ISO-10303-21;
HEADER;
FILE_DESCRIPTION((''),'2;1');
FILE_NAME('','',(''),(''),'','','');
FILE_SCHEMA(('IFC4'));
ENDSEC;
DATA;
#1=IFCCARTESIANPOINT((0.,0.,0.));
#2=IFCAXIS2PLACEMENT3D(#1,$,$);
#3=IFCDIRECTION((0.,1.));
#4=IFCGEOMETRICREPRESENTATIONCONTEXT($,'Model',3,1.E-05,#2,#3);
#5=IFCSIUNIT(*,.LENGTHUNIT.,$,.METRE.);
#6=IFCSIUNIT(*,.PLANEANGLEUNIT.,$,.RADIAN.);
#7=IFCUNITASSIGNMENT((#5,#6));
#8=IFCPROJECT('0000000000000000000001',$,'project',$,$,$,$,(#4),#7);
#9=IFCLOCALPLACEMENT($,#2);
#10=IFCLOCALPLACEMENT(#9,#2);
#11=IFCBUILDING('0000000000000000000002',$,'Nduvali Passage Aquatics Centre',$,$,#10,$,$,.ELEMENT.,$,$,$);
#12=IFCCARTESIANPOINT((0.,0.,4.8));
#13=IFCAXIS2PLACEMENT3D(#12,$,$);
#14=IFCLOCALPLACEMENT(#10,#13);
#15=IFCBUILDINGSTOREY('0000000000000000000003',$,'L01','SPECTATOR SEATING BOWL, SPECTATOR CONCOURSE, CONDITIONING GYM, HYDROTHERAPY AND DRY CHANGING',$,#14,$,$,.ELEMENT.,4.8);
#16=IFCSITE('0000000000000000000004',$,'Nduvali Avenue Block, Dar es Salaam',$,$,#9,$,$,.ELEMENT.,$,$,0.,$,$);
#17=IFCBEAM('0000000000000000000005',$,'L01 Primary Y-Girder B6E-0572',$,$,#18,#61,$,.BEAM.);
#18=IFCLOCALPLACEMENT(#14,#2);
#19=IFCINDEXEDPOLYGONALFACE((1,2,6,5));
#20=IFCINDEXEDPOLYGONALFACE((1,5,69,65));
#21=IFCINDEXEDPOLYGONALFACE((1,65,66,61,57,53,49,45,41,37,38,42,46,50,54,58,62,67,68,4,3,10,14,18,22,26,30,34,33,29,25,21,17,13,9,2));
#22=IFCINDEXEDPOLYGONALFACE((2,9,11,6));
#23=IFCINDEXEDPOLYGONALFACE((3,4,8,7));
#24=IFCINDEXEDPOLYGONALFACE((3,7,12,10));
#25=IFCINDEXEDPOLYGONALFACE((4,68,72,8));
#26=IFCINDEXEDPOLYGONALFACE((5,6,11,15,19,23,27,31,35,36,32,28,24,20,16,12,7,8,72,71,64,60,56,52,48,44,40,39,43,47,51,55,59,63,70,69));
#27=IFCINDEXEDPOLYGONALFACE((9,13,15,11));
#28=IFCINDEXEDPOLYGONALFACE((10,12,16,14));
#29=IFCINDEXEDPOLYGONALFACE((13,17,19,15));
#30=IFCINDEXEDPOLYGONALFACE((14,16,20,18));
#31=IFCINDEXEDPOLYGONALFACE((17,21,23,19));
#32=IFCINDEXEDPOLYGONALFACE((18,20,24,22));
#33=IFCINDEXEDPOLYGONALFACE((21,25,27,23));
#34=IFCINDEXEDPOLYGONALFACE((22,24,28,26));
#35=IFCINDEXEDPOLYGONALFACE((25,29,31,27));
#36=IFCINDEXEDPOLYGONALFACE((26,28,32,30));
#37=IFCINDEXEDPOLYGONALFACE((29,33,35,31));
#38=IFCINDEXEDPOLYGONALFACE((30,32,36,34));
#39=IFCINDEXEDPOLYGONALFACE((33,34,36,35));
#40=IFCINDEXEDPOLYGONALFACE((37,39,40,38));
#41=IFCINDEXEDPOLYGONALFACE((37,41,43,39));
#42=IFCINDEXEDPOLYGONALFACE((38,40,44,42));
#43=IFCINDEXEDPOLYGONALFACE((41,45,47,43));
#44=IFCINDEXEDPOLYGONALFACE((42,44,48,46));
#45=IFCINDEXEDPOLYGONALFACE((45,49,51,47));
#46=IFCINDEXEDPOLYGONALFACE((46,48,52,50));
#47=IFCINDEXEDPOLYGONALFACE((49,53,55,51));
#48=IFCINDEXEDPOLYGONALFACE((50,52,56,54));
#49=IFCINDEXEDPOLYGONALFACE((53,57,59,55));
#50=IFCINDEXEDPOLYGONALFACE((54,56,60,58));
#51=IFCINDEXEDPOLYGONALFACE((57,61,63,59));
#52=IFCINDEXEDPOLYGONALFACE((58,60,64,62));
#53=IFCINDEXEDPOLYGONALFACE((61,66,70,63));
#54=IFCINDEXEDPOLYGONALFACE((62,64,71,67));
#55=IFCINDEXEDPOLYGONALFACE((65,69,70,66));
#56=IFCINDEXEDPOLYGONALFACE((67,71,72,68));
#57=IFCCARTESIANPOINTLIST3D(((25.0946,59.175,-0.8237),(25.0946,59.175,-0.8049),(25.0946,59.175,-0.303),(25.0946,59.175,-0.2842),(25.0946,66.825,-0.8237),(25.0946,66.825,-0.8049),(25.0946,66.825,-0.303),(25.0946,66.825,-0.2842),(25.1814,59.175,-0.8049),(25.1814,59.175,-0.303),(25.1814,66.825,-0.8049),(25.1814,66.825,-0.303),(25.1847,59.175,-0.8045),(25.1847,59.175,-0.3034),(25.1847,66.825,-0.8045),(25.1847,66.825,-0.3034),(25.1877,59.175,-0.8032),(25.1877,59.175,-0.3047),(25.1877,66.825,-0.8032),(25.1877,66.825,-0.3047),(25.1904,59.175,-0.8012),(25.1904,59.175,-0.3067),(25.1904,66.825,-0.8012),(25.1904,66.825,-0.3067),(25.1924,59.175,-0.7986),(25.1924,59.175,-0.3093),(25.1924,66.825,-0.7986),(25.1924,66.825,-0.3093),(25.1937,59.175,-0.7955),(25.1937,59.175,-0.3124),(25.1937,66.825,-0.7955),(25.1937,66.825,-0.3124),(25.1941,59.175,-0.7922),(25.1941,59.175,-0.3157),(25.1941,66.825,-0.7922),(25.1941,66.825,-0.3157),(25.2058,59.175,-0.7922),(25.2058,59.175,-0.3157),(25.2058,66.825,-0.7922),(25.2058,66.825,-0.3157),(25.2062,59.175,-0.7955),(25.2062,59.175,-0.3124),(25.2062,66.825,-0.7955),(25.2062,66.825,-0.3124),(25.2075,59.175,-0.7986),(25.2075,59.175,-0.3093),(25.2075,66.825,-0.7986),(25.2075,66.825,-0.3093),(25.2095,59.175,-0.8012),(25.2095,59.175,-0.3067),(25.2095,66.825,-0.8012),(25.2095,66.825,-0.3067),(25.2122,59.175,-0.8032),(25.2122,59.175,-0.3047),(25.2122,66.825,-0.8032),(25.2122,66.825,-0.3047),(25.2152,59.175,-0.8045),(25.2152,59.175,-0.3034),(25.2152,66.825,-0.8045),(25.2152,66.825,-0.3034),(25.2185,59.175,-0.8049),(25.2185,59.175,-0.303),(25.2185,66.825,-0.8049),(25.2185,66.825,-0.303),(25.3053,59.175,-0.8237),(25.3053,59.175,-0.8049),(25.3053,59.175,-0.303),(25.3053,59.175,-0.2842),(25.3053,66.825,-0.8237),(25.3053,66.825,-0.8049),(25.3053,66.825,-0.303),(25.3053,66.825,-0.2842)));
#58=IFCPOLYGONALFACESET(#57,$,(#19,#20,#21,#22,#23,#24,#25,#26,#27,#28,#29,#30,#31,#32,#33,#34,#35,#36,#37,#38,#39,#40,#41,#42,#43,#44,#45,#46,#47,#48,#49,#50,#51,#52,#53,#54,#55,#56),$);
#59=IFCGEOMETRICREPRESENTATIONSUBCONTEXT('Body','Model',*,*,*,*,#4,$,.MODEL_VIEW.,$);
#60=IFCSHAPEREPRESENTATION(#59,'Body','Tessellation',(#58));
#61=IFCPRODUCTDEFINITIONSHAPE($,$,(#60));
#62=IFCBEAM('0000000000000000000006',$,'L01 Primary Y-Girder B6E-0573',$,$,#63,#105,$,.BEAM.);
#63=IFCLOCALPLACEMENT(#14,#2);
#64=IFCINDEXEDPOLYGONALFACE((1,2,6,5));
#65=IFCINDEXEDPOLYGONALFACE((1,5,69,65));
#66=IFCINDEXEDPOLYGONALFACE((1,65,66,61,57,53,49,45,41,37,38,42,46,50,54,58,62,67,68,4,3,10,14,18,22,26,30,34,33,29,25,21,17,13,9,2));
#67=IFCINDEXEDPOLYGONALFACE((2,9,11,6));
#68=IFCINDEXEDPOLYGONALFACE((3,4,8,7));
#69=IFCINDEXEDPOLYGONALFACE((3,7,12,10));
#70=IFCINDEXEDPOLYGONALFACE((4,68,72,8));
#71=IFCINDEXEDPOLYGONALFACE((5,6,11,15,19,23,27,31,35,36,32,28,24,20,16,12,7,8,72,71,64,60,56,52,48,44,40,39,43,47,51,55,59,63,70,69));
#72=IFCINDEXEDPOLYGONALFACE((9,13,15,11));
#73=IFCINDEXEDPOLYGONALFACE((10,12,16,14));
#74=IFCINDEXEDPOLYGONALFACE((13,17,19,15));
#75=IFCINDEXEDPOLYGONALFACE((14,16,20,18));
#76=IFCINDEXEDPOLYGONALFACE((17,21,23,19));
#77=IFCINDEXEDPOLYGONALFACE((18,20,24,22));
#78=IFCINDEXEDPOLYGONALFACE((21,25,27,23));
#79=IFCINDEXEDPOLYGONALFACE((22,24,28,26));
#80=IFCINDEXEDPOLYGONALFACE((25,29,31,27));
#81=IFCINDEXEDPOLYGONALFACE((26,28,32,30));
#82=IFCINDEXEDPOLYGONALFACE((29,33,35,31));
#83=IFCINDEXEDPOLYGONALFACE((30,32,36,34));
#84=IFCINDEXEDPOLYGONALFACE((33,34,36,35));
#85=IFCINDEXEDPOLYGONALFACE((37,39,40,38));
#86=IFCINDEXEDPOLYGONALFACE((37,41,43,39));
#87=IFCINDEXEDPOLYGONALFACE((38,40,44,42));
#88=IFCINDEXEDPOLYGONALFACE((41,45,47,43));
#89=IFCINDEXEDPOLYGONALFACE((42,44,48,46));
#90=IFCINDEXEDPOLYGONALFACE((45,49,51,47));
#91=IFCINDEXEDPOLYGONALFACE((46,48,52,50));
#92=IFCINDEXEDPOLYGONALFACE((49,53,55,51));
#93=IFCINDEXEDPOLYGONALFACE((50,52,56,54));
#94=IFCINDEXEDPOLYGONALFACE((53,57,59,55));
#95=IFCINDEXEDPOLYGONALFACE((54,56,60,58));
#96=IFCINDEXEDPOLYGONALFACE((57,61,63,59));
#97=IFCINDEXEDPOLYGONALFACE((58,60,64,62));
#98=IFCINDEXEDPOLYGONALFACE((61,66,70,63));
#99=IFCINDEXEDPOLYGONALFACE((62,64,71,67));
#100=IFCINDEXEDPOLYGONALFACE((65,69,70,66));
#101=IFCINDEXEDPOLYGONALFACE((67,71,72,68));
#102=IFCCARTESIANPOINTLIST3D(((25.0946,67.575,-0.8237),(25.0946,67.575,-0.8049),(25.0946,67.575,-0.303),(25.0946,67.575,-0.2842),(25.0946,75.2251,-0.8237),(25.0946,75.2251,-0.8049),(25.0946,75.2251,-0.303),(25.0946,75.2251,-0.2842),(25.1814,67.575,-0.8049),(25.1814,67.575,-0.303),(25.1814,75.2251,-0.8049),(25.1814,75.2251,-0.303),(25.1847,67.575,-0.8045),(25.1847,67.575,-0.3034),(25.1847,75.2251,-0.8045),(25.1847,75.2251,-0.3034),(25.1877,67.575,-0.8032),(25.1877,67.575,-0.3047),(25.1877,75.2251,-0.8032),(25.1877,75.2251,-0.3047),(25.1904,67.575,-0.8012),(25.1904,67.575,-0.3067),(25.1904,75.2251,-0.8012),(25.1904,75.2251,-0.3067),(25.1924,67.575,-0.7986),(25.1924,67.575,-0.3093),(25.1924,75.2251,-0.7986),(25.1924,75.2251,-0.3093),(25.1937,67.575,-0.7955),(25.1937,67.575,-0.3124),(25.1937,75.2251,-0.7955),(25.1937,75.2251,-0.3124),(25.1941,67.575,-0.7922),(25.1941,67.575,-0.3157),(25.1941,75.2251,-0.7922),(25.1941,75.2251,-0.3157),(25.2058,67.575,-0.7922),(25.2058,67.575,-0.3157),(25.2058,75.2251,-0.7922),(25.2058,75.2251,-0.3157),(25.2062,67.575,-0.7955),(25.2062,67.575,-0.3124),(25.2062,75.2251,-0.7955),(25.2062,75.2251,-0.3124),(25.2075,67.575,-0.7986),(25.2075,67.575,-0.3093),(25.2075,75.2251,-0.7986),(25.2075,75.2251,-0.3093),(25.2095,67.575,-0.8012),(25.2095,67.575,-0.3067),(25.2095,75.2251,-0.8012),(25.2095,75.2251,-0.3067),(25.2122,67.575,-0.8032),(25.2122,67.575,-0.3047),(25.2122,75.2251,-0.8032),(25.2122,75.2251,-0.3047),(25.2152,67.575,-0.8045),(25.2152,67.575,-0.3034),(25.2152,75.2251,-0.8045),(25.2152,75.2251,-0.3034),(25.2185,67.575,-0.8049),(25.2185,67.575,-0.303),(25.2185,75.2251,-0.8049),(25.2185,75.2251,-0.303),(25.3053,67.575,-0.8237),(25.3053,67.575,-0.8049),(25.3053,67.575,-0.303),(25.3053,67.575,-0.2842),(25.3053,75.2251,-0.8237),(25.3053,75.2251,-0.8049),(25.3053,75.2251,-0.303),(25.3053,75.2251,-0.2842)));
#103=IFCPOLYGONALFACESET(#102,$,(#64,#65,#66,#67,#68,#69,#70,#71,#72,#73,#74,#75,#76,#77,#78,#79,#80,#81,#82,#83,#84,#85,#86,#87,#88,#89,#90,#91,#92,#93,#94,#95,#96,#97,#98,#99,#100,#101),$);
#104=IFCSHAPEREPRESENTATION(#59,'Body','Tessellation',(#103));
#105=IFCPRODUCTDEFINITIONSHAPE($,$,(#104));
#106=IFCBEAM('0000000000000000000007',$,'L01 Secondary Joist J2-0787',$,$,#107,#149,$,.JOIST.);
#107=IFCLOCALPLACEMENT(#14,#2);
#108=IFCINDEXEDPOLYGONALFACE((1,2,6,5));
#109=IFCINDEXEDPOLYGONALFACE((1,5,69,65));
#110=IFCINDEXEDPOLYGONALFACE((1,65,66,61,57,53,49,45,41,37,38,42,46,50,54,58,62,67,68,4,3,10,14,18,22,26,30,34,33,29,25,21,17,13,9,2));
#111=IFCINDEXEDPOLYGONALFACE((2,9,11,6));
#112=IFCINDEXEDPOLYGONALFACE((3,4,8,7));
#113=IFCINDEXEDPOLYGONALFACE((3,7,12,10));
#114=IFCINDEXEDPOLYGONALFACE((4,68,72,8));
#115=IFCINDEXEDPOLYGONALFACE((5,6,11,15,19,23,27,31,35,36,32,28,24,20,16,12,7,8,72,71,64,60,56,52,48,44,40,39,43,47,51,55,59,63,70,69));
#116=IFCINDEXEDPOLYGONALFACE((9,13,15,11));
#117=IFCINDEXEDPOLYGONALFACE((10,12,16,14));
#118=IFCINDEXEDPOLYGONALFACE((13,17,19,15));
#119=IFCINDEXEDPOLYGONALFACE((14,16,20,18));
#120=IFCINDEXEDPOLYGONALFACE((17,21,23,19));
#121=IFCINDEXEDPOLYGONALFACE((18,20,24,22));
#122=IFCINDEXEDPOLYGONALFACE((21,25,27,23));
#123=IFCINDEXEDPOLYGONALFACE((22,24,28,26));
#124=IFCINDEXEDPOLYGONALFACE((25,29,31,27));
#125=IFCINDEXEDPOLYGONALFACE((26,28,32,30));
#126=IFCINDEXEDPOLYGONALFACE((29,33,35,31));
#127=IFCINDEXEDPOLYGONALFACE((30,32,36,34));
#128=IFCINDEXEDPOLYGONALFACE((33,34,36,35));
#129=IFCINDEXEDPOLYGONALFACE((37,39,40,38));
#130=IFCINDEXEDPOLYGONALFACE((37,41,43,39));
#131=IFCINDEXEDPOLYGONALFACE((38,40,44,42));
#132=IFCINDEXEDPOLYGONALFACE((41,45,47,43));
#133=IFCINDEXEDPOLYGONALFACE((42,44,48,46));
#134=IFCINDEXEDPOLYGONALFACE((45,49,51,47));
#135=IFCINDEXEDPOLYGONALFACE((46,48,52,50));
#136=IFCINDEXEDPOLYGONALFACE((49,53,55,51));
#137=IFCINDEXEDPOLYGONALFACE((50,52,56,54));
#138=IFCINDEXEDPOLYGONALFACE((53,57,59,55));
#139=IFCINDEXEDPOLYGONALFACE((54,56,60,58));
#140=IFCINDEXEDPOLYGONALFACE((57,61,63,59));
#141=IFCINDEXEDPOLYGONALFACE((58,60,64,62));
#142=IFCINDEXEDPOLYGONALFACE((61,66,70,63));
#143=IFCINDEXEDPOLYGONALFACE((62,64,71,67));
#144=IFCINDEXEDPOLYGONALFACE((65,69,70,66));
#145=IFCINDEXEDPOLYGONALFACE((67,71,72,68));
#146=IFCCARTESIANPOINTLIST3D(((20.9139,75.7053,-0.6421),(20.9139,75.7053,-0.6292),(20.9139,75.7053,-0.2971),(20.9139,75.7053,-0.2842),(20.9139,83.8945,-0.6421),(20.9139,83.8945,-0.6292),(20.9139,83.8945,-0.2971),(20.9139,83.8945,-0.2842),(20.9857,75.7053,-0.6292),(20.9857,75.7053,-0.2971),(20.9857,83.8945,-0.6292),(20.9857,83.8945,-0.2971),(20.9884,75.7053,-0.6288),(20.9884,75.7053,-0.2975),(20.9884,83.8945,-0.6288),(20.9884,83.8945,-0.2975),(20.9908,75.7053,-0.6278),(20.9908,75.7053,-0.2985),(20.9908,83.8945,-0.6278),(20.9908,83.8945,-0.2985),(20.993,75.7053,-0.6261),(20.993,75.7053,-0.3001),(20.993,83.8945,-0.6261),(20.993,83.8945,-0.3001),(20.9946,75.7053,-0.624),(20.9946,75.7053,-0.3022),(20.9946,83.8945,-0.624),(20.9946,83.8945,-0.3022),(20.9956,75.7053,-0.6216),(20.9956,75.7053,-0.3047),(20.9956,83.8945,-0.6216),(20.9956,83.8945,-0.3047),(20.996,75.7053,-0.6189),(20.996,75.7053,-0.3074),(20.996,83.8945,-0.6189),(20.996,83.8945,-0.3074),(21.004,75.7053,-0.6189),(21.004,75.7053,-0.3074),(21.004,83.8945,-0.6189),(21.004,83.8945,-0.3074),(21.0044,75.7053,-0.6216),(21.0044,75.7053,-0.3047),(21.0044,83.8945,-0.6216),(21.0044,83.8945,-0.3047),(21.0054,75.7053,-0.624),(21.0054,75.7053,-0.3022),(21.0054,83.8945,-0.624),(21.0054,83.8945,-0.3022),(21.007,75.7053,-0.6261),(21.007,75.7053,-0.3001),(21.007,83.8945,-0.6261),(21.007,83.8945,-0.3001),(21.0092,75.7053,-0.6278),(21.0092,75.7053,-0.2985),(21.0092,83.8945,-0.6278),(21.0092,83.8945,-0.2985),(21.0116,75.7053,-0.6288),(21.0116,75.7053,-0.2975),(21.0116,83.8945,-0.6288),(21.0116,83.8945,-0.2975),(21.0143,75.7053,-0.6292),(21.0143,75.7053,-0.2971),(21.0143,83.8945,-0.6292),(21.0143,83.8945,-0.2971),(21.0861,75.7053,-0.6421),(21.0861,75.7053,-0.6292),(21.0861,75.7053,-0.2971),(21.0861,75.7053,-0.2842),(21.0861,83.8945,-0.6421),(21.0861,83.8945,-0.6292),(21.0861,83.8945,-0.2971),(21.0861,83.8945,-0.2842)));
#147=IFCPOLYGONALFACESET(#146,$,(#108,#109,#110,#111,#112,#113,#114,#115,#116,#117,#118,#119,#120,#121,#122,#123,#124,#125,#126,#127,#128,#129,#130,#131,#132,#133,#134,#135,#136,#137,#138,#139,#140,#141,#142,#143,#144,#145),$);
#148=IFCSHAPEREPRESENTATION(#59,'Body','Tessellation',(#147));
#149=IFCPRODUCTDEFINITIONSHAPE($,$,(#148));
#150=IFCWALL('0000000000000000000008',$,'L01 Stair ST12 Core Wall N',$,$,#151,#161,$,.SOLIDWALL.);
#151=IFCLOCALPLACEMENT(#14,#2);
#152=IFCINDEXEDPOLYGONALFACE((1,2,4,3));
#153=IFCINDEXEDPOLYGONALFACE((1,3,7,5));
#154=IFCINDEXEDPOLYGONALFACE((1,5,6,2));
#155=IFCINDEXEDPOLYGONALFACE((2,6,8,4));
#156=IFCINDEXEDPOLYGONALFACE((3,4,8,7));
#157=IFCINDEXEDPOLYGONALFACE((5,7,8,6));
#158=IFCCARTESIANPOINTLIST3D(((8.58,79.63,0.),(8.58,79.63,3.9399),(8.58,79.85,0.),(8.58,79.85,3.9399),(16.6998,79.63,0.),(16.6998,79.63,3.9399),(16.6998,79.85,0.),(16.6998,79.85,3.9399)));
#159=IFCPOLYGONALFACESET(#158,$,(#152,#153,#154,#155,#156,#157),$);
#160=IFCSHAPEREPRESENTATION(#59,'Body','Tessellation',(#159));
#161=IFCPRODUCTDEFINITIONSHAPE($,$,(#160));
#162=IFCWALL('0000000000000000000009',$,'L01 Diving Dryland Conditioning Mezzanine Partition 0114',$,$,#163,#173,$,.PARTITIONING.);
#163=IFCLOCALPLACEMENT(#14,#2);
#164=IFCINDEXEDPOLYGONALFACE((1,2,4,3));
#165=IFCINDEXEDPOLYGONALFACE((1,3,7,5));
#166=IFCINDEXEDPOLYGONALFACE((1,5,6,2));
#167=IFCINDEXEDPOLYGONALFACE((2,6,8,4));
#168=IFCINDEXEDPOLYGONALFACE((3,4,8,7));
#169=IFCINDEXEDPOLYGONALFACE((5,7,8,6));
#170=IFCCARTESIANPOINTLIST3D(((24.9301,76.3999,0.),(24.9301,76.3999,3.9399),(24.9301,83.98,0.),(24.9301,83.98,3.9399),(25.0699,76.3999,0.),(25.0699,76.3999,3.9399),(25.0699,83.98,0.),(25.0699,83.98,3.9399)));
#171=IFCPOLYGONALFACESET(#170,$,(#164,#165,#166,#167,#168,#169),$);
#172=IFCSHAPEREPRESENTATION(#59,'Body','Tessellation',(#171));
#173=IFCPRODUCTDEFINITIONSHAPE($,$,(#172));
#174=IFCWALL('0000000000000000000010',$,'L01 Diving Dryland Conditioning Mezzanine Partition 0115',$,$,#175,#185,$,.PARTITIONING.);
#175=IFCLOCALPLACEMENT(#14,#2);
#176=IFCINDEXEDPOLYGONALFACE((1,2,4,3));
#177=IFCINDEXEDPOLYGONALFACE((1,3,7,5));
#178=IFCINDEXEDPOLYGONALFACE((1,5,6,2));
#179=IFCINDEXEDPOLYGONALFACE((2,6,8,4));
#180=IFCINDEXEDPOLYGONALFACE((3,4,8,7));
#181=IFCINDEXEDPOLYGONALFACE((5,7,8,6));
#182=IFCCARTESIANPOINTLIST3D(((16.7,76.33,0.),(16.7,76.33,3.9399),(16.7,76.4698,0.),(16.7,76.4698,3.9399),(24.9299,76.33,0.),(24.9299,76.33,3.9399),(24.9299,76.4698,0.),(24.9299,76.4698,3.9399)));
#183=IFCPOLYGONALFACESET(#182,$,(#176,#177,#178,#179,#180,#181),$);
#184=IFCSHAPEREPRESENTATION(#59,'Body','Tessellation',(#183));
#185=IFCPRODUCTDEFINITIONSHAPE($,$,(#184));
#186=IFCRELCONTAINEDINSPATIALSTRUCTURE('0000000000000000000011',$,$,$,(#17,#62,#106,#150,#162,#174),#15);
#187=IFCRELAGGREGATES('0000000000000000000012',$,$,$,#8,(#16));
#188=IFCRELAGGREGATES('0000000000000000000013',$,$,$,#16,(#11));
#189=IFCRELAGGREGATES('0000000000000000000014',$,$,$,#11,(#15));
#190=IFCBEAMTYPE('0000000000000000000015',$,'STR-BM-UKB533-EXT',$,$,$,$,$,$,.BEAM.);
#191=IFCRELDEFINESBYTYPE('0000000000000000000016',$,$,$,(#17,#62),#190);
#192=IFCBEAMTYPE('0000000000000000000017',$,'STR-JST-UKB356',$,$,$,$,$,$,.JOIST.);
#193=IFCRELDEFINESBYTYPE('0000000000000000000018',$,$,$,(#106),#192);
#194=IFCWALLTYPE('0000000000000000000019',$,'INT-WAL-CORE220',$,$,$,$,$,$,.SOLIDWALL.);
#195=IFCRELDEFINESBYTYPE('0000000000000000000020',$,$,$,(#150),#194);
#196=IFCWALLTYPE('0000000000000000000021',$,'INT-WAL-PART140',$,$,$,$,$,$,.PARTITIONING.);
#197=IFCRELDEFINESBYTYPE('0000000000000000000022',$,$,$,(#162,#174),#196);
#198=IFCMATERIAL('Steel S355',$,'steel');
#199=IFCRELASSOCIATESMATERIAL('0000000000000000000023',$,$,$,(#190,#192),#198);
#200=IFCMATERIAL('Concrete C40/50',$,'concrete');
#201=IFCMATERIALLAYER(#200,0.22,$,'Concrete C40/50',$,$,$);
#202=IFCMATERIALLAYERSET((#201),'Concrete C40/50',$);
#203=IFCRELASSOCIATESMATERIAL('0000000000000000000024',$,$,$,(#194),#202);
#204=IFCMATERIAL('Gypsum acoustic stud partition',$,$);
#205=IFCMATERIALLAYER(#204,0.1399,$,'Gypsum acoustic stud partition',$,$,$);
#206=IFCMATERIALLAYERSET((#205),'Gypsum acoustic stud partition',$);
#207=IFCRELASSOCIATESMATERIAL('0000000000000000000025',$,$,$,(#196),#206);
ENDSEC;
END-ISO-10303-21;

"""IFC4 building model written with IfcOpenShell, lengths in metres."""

from ifc_helpers import new_model, si_unit, direction, frame, frame_2d, origin, origin_2d, place, context, subcontext, project, spatial, rectangle, i_section, extrude, material, layer, layer_set, material_profile, profile_set, type_object, element, save


model = new_model("IFC4")

# Units and contexts
model_context = context("Model", 3, precision=1e-05, world=origin(), true_north=direction((0.0, 1.0)))
body_context = subcontext(model_context, "Body", "Model", "MODEL_VIEW")
ifc_project = project(units=[si_unit("LENGTHUNIT", "METRE"), si_unit("PLANEANGLEUNIT", "RADIAN")], contexts=[model_context])

# Site, building, storey
site_placement = place(None, origin())
site = spatial("IfcSite", under=ifc_project, at=site_placement, Name="Nduvali Avenue Block, Dar es Salaam", CompositionType="ELEMENT", RefElevation=0.0)
building_placement = place(site_placement, origin())
building = spatial("IfcBuilding", under=site, at=building_placement, Name="Nduvali Passage Aquatics Centre", CompositionType="ELEMENT")
storey_placement = place(building_placement, frame((0.0, 0.0, 4.8)))
storey = spatial("IfcBuildingStorey", under=building, at=storey_placement, Name="L01", Description="SPECTATOR SEATING BOWL, SPECTATOR CONCOURSE, CONDITIONING GYM, HYDROTHERAPY AND DRY CHANGING", CompositionType="ELEMENT", Elevation=4.8)

# Shared definitions
ifc_material_1 = material(Name="Steel S355", Category="steel")
ifc_material_2 = material(Name="Concrete C40/50", Category="concrete")

# Beams
ifc_material_profile_1 = material_profile(ifc_material_1, i_section(OverallWidth=0.2107, OverallDepth=0.5396, WebThickness=0.0117, FlangeThickness=0.0188, FilletRadius=0.0127, at=origin_2d()), Name="UKB 533x210x109")
ifc_profile_set_1 = profile_set([ifc_material_profile_1], Name="Steel S355")
beam_type_1 = type_object("IfcBeamType", Name="STR-BM-UKB533-EXT", PredefinedType="BEAM", material=ifc_profile_set_1)
beam_1_placement = place(storey_placement, frame((25.2, 59.175, -0.554), z_axis=(0.0, 1.0, 0.0), x_axis=(-1.0, 0.0, 0.0)))
element("IfcBeam", 1, at=beam_1_placement, inside=storey, type_object=beam_type_1, Name="L01 Primary Y-Girder B6E-0572", PredefinedType="BEAM", context=body_context, shape_type="SweptSolid", body=[
    extrude(i_section(OverallWidth=0.2107, OverallDepth=0.5396, WebThickness=0.0117, FlangeThickness=0.0188, FilletRadius=0.0127, at=origin_2d()), origin(), (0.0, 0.0, 1.0), 7.6499),
])
beam_2_placement = place(storey_placement, frame((25.2, 67.575, -0.554), z_axis=(0.0, 1.0, 0.0), x_axis=(-1.0, 0.0, 0.0)))
element("IfcBeam", 2, at=beam_2_placement, inside=storey, type_object=beam_type_1, Name="L01 Primary Y-Girder B6E-0573", PredefinedType="BEAM", context=body_context, shape_type="SweptSolid", body=[
    extrude(i_section(OverallWidth=0.2107, OverallDepth=0.5396, WebThickness=0.0117, FlangeThickness=0.0188, FilletRadius=0.0127, at=origin_2d()), origin(), (0.0, 0.0, 1.0), 7.6501),
])
ifc_material_profile_2 = material_profile(ifc_material_1, i_section(OverallWidth=0.1721, OverallDepth=0.3579, WebThickness=0.0081, FlangeThickness=0.0129, FilletRadius=0.0103, at=origin_2d()), Name="UKB 356x171x57")
ifc_profile_set_2 = profile_set([ifc_material_profile_2], Name="Steel S355")
beam_type_2 = type_object("IfcBeamType", Name="STR-JST-UKB356", PredefinedType="JOIST", material=ifc_profile_set_2)
beam_3_placement = place(storey_placement, frame((21.0, 75.7053, -0.4631), z_axis=(0.0, 1.0, 0.0), x_axis=(-1.0, 0.0, 0.0)))
element("IfcBeam", 3, at=beam_3_placement, inside=storey, type_object=beam_type_2, Name="L01 Secondary Joist J2-0787", PredefinedType="JOIST", context=body_context, shape_type="SweptSolid", body=[
    extrude(i_section(OverallWidth=0.1721, OverallDepth=0.3579, WebThickness=0.0081, FlangeThickness=0.0129, FilletRadius=0.0103, at=origin_2d()), origin(), (0.0, 0.0, 1.0), 8.1892),
])

# Wall
ifc_layer_1 = layer(ifc_material_2, 0.22, Name="Concrete C40/50")
ifc_layer_set_1 = layer_set([ifc_layer_1], Name="Concrete C40/50")
wall_type_1 = type_object("IfcWallType", Name="INT-WAL-CORE220", PredefinedType="SOLIDWALL", material=ifc_layer_set_1)
wall_1_placement = place(storey_placement, frame((16.7, 79.74, 0.0), z_axis=(0.0, 0.0, 1.0), x_axis=(-1.0, 0.0, 0.0)))
element("IfcWall", 4, at=wall_1_placement, inside=storey, type_object=wall_type_1, Name="L01 Stair ST12 Core Wall N", PredefinedType="SOLIDWALL", context=body_context, shape_type="SweptSolid", body=[
    extrude(rectangle(XDim=8.1199, YDim=0.22, at=frame_2d((4.0601, 0.0))), origin(), (0.0, 0.0, 1.0), 3.9399),
])

# Shared definitions
ifc_material_3 = material(Name="Gypsum acoustic stud partition")
ifc_layer_2 = layer(ifc_material_3, 0.1399, Name="Gypsum acoustic stud partition")
ifc_layer_set_2 = layer_set([ifc_layer_2], Name="Gypsum acoustic stud partition")
wall_type_2 = type_object("IfcWallType", Name="INT-WAL-PART140", PredefinedType="PARTITIONING", material=ifc_layer_set_2)

# Walls
wall_2_placement = place(storey_placement, frame((25.0, 76.3999, 0.0), z_axis=(0.0, 0.0, 1.0), x_axis=(0.0, 1.0, 0.0)))
element("IfcWall", 5, at=wall_2_placement, inside=storey, type_object=wall_type_2, Name="L01 Diving Dryland Conditioning Mezzanine Partition 0114", PredefinedType="PARTITIONING", context=body_context, shape_type="SweptSolid", body=[
    extrude(rectangle(XDim=7.5801, YDim=0.1399, at=frame_2d((3.79, 0.0))), origin(), (0.0, 0.0, 1.0), 3.9399),
])
wall_3_placement = place(storey_placement, frame((16.7, 76.3999, 0.0), z_axis=(0.0, 0.0, 1.0), x_axis=(1.0, 0.0, 0.0)))
element("IfcWall", 6, at=wall_3_placement, inside=storey, type_object=wall_type_2, Name="L01 Diving Dryland Conditioning Mezzanine Partition 0115", PredefinedType="PARTITIONING", context=body_context, shape_type="SweptSolid", body=[
    extrude(rectangle(XDim=8.23, YDim=0.1399, at=frame_2d((4.115, 0.0))), origin(), (0.0, 0.0, 1.0), 3.9399),
])

save(model, "model.ifc")
